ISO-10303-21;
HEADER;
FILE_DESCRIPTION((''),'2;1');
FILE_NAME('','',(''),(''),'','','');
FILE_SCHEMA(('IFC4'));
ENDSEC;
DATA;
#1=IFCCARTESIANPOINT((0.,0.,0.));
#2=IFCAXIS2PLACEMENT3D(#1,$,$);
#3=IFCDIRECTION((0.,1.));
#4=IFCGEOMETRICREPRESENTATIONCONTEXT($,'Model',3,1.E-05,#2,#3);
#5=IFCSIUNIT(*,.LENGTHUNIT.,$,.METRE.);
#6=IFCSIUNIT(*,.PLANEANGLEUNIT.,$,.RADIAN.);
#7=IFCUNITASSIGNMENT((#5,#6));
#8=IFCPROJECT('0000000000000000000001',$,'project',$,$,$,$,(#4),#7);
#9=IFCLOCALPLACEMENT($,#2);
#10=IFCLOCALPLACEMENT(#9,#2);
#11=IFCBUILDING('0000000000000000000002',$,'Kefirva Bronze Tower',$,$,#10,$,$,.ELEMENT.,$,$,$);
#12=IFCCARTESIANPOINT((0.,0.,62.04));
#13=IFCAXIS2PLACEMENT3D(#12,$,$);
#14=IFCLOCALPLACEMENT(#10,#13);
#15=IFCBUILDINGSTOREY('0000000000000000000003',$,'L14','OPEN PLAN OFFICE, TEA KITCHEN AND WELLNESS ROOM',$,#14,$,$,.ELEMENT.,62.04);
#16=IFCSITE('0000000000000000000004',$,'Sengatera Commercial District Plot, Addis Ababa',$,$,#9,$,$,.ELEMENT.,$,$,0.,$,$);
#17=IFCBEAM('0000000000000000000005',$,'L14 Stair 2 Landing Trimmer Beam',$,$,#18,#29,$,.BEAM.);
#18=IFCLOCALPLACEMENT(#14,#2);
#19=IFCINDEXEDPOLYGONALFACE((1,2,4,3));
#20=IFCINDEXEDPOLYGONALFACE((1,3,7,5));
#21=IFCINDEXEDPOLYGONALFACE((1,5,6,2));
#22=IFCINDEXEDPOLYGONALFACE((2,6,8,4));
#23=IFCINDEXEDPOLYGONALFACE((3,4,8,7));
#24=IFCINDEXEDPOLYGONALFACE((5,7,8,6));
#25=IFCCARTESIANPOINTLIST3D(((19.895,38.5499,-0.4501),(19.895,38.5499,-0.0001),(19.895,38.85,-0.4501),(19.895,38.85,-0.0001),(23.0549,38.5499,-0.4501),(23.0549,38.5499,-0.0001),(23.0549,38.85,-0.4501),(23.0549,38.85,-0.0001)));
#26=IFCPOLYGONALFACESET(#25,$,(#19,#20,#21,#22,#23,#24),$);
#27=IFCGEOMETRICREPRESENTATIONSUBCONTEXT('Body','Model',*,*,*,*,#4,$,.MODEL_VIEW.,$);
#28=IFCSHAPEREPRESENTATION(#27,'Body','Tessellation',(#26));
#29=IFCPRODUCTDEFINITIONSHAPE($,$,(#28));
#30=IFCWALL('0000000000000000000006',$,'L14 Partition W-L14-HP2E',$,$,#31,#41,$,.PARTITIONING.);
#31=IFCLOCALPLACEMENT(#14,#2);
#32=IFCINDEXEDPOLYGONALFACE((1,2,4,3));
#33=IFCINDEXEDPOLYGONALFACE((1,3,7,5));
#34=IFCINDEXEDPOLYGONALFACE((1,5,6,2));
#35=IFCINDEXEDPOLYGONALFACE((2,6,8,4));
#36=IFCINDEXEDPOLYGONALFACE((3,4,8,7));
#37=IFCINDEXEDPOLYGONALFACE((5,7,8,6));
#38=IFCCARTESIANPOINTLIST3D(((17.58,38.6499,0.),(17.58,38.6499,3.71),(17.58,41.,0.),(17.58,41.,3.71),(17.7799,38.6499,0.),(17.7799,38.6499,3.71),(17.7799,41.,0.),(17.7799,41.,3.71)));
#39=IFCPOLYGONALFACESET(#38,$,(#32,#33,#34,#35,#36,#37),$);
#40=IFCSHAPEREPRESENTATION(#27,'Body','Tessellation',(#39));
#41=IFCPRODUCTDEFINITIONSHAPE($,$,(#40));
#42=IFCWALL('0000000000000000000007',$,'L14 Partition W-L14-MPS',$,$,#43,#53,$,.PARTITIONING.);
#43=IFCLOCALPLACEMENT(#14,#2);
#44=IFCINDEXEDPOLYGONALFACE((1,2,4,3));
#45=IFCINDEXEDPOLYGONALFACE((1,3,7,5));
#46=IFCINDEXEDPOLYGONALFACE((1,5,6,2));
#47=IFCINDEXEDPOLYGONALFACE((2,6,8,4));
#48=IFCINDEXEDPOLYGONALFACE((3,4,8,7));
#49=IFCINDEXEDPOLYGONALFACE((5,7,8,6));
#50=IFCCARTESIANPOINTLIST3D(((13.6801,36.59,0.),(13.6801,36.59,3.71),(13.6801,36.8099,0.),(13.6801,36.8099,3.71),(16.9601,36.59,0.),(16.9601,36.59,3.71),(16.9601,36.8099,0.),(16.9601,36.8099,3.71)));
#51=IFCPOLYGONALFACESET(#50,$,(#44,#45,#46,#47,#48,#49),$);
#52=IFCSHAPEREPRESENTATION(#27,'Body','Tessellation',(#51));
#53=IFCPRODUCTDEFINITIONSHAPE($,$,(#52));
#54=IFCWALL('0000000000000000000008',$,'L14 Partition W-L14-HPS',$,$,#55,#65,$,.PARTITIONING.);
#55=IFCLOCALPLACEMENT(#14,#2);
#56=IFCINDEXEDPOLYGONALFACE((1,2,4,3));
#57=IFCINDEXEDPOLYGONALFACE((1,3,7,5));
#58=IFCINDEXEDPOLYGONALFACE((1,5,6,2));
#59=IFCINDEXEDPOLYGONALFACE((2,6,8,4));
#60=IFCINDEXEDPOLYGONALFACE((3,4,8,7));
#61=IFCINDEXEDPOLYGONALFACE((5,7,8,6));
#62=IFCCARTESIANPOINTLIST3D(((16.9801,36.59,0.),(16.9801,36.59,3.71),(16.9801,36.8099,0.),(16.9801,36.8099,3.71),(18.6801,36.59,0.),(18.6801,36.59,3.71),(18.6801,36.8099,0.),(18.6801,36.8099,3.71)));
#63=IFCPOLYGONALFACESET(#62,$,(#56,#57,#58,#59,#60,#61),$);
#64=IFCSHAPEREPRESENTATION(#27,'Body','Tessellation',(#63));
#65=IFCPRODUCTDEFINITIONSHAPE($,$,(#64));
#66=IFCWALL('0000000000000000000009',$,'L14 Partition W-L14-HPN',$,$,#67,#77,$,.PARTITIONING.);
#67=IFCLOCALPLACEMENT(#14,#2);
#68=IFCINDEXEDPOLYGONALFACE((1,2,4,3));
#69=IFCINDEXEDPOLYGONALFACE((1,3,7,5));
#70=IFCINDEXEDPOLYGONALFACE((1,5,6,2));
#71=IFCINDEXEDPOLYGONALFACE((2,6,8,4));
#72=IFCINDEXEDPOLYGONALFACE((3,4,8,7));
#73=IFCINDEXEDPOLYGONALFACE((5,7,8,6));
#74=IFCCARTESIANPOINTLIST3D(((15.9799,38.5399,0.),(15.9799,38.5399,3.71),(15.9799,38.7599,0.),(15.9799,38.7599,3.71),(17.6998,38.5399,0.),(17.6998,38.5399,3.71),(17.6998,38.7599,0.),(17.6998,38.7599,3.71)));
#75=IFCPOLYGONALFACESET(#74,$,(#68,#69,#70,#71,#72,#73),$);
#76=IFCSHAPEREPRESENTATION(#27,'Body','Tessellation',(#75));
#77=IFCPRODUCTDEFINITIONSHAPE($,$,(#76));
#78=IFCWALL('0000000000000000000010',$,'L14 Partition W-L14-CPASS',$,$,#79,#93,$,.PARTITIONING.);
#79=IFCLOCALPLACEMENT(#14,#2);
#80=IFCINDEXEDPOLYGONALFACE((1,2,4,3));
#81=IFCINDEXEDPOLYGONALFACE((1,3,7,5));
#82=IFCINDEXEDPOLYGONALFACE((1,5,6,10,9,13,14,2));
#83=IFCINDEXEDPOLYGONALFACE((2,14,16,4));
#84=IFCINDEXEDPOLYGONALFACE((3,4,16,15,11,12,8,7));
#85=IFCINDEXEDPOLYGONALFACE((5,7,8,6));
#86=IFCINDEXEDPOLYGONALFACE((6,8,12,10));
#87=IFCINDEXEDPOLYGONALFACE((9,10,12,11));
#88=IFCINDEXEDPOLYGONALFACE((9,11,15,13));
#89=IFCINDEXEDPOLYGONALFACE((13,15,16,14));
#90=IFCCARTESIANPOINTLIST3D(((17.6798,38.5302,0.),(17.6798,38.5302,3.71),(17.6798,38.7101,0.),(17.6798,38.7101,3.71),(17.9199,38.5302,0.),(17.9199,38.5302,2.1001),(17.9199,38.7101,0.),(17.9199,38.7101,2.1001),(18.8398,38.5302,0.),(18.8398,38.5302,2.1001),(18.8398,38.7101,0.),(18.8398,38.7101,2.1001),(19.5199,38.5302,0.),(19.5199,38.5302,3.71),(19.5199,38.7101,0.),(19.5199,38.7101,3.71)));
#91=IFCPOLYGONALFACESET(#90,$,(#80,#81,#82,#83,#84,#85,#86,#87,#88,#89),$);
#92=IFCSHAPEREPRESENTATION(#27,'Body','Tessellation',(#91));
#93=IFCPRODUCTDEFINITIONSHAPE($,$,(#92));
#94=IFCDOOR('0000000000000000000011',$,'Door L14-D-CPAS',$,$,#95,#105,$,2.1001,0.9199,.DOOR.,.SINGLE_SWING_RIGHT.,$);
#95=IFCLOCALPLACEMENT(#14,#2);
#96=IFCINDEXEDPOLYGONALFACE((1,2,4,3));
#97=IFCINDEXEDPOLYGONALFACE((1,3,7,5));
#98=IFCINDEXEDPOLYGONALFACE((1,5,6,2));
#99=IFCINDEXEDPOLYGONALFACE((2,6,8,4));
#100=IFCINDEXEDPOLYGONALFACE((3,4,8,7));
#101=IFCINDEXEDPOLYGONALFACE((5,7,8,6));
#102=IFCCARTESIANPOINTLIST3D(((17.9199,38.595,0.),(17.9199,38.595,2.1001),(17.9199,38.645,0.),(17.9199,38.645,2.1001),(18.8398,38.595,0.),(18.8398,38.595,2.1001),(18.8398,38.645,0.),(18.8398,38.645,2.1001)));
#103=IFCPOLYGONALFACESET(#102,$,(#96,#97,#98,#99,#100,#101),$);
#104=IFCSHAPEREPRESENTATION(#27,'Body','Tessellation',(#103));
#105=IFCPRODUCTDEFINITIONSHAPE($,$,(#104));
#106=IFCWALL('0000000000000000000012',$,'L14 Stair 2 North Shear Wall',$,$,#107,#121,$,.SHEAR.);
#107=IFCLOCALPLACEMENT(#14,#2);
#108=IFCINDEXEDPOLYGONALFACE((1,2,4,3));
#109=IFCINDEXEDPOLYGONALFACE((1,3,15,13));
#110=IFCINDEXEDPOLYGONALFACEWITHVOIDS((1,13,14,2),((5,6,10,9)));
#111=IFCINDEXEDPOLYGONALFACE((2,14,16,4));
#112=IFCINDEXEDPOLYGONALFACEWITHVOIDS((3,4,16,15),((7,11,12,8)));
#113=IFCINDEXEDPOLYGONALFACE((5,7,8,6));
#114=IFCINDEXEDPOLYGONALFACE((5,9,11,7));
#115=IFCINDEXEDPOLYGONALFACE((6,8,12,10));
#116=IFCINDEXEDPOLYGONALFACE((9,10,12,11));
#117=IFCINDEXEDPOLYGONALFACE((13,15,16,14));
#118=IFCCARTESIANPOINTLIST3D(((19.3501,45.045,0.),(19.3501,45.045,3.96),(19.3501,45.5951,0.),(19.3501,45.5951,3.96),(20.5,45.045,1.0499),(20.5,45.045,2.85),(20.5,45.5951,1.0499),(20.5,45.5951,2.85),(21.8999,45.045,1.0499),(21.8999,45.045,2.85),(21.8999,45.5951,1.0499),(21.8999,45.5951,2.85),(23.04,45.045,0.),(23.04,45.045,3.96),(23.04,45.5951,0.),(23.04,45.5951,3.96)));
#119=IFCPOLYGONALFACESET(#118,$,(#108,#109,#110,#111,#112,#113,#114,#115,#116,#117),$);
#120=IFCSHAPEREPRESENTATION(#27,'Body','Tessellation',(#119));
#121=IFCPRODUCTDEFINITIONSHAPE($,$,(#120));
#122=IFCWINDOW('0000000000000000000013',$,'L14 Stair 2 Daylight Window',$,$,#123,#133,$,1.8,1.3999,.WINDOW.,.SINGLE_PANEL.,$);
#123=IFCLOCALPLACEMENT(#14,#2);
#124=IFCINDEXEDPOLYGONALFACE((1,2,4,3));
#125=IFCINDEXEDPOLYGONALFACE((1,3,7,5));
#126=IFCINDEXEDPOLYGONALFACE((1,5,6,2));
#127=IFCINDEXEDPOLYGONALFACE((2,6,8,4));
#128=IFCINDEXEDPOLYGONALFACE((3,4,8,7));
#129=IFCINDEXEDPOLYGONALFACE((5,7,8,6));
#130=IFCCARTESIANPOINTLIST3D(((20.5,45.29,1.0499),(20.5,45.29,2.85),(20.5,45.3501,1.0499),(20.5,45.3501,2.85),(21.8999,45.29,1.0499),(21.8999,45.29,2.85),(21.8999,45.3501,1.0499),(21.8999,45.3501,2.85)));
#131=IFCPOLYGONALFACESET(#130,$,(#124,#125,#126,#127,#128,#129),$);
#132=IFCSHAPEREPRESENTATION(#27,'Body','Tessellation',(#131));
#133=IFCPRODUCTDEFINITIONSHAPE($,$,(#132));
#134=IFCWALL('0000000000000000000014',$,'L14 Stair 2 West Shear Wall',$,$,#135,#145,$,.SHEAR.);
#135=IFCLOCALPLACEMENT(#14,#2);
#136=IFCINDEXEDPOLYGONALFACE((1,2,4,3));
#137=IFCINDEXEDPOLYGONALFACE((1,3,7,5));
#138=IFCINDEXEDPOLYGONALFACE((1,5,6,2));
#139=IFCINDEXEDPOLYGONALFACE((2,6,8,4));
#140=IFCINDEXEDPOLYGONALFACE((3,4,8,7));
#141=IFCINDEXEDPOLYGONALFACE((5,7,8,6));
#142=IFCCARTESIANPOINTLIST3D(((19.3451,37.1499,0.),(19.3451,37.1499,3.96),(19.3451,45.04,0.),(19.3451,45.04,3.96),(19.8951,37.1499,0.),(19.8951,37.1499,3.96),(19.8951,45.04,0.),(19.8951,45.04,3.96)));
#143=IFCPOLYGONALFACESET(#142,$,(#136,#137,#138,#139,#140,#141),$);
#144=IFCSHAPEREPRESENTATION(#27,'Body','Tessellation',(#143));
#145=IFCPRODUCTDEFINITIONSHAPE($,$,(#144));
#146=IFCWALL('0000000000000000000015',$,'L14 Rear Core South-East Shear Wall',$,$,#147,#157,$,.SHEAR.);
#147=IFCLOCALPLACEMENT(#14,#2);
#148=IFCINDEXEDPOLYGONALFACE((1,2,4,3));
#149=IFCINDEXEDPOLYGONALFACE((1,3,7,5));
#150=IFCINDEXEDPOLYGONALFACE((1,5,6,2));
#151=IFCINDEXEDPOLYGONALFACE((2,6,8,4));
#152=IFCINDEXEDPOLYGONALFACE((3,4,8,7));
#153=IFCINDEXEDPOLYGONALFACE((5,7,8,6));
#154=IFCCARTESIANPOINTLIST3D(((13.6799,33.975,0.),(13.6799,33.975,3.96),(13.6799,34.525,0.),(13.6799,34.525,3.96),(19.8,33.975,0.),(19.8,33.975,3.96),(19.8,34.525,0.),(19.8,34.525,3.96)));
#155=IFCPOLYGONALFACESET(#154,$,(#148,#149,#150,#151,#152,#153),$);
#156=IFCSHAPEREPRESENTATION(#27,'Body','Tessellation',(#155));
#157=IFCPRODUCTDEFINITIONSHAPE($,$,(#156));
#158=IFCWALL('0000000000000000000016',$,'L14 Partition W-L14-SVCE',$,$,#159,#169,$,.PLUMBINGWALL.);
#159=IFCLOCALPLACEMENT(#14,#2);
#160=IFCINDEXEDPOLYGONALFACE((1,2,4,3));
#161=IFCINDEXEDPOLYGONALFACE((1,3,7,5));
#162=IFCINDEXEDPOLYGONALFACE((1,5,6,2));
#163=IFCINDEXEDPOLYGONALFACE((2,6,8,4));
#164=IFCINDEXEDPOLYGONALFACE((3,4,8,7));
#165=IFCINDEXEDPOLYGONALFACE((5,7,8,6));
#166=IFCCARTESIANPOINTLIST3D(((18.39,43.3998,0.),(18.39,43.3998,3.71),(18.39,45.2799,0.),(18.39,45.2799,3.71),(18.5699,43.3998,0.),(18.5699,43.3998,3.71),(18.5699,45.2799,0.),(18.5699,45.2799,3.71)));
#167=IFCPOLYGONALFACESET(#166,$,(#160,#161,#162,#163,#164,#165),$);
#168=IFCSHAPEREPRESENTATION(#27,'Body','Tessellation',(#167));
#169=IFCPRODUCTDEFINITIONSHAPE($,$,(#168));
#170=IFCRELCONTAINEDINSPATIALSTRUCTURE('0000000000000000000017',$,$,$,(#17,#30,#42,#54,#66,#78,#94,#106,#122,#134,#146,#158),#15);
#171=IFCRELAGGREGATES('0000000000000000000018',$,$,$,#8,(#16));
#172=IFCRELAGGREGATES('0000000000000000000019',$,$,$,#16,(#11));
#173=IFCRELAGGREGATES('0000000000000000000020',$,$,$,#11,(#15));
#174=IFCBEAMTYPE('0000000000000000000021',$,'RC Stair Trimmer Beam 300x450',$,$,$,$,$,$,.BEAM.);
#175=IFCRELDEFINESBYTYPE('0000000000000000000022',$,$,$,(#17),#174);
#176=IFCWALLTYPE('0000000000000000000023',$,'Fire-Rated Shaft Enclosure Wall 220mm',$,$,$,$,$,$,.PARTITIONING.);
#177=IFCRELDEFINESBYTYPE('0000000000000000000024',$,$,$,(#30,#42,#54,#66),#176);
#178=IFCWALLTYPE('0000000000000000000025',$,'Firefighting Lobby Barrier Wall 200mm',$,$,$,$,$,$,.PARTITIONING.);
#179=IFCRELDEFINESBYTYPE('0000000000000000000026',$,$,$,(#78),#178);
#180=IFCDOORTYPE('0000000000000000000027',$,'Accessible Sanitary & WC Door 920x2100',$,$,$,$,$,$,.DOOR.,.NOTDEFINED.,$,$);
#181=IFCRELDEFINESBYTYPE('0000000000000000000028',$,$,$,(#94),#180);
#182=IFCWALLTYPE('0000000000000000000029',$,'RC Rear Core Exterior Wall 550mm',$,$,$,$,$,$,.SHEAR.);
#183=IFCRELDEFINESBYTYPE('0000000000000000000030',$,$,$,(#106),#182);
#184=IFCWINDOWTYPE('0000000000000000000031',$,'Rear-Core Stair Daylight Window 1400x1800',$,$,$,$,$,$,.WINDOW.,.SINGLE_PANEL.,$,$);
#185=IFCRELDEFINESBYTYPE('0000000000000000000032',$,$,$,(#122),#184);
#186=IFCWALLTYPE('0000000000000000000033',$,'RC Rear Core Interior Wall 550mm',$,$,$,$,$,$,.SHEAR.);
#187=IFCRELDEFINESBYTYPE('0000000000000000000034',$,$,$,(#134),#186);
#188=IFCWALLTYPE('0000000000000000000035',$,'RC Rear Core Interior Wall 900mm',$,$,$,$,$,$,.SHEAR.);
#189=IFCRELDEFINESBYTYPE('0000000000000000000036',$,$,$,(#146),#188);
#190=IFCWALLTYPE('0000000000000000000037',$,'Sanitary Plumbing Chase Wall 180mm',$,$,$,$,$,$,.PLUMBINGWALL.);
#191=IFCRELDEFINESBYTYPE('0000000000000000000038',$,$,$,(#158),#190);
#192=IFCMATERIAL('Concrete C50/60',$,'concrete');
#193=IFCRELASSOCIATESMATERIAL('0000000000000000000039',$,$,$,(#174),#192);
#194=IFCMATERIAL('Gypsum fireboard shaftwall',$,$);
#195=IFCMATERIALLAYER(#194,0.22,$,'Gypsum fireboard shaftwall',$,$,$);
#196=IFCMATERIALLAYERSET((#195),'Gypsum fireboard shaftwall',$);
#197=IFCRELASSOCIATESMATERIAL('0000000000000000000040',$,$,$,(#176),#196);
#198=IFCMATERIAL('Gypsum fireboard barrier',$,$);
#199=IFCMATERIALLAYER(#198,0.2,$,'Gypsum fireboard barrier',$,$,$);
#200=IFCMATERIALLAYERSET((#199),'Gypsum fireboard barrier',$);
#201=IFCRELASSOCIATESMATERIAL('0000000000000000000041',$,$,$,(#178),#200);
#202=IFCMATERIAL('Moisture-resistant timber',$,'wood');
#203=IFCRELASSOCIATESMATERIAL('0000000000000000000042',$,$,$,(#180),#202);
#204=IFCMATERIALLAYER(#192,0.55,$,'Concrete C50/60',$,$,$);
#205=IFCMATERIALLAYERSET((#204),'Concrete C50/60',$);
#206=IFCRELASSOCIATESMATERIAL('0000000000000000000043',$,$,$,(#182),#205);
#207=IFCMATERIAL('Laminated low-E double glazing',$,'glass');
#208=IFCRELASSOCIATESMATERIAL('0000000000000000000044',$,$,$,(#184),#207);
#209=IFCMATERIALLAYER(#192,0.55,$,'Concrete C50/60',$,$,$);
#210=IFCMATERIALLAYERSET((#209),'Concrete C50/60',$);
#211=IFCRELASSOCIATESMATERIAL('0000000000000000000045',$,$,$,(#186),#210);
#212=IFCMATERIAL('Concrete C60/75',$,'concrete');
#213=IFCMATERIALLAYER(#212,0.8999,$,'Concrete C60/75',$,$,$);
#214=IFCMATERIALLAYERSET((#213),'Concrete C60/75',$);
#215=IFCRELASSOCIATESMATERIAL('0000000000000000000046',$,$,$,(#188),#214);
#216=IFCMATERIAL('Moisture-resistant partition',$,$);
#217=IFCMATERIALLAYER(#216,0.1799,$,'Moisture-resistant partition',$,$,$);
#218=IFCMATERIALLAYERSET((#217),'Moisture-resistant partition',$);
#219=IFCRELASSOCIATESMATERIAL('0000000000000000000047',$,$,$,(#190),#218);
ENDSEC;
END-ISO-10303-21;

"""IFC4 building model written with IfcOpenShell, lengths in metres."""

from ifc_helpers import new_model, si_unit, direction, frame, frame_2d, origin, origin_2d, place, context, subcontext, project, spatial, rectangle, extrude, material, layer, layer_set, material_profile, profile_set, type_object, element, fill, save


model = new_model("IFC4")

# Units and contexts
model_context = context("Model", 3, precision=1e-05, world=origin(), true_north=direction((0.0, 1.0)))
body_context = subcontext(model_context, "Body", "Model", "MODEL_VIEW")
ifc_project = project(units=[si_unit("LENGTHUNIT", "METRE"), si_unit("PLANEANGLEUNIT", "RADIAN")], contexts=[model_context])

# Site, building, storey
site_placement = place(None, origin())
site = spatial("IfcSite", under=ifc_project, at=site_placement, Name="Sengatera Commercial District Plot, Addis Ababa", CompositionType="ELEMENT", RefElevation=0.0)
building_placement = place(site_placement, origin())
building = spatial("IfcBuilding", under=site, at=building_placement, Name="Kefirva Bronze Tower", CompositionType="ELEMENT")
storey_placement = place(building_placement, frame((0.0, 0.0, 62.04)))
storey = spatial("IfcBuildingStorey", under=building, at=storey_placement, Name="L14", Description="OPEN PLAN OFFICE, TEA KITCHEN AND WELLNESS ROOM", CompositionType="ELEMENT", Elevation=62.04)

# Beam
ifc_material_1 = material(Name="Concrete C50/60", Category="concrete")
ifc_material_profile = material_profile(ifc_material_1, rectangle(XDim=0.3, YDim=0.45, at=origin_2d()), Name="RC 300x450")
ifc_profile_set = profile_set([ifc_material_profile], Name="Concrete C50/60")
beam_type = type_object("IfcBeamType", Name="RC Stair Trimmer Beam 300x450", PredefinedType="BEAM", material=ifc_profile_set)
beam_placement = place(storey_placement, frame((19.895, 38.7, -0.2251), z_axis=(1.0, 0.0, 0.0), x_axis=(0.0, 1.0, 0.0)))
element("IfcBeam", 1, at=beam_placement, inside=storey, type_object=beam_type, Name="L14 Stair 2 Landing Trimmer Beam", PredefinedType="BEAM", context=body_context, shape_type="SweptSolid", body=[
    extrude(rectangle(XDim=0.3, YDim=0.45, at=origin_2d()), origin(), (0.0, 0.0, 1.0), 3.1599),
])

# Shared definitions
ifc_material_2 = material(Name="Gypsum fireboard shaftwall")
ifc_layer_1 = layer(ifc_material_2, 0.22, Name="Gypsum fireboard shaftwall")
ifc_layer_set_1 = layer_set([ifc_layer_1], Name="Gypsum fireboard shaftwall")
wall_type_1 = type_object("IfcWallType", Name="Fire-Rated Shaft Enclosure Wall 220mm", PredefinedType="PARTITIONING", material=ifc_layer_set_1)

# Walls
wall_1_placement = place(storey_placement, frame((17.6799, 38.6499, 0.0), z_axis=(0.0, 0.0, 1.0), x_axis=(0.0, 1.0, 0.0)))
element("IfcWall", 2, at=wall_1_placement, inside=storey, type_object=wall_type_1, Name="L14 Partition W-L14-HP2E", PredefinedType="PARTITIONING", context=body_context, shape_type="SweptSolid", body=[
    extrude(rectangle(XDim=2.3501, YDim=0.2, at=frame_2d((1.175, 0.0))), origin(), (0.0, 0.0, 1.0), 3.71),
])
wall_2_placement = place(storey_placement, frame((13.6799, 36.7, 0.0), z_axis=(0.0, 0.0, 1.0), x_axis=(1.0, 0.0, 0.0)))
element("IfcWall", 3, at=wall_2_placement, inside=storey, type_object=wall_type_1, Name="L14 Partition W-L14-MPS", PredefinedType="PARTITIONING", context=body_context, shape_type="SweptSolid", body=[
    extrude(rectangle(XDim=3.28, YDim=0.22, at=frame_2d((1.6401, 0.0))), origin(), (0.0, 0.0, 1.0), 3.71),
])
wall_3_placement = place(storey_placement, frame((16.98, 36.7, 0.0), z_axis=(0.0, 0.0, 1.0), x_axis=(1.0, 0.0, 0.0)))
element("IfcWall", 4, at=wall_3_placement, inside=storey, type_object=wall_type_1, Name="L14 Partition W-L14-HPS", PredefinedType="PARTITIONING", context=body_context, shape_type="SweptSolid", body=[
    extrude(rectangle(XDim=1.7, YDim=0.22, at=frame_2d((0.8501, 0.0))), origin(), (0.0, 0.0, 1.0), 3.71),
])
wall_4_placement = place(storey_placement, frame((15.98, 38.6499, 0.0), z_axis=(0.0, 0.0, 1.0), x_axis=(1.0, 0.0, 0.0)))
element("IfcWall", 5, at=wall_4_placement, inside=storey, type_object=wall_type_1, Name="L14 Partition W-L14-HPN", PredefinedType="PARTITIONING", context=body_context, shape_type="SweptSolid", body=[
    extrude(rectangle(XDim=1.72, YDim=0.22, at=frame_2d((0.8599, 0.0))), origin(), (0.0, 0.0, 1.0), 3.71),
])

# Wall, opening, door
ifc_material_3 = material(Name="Gypsum fireboard barrier")
ifc_layer_2 = layer(ifc_material_3, 0.2, Name="Gypsum fireboard barrier")
ifc_layer_set_2 = layer_set([ifc_layer_2], Name="Gypsum fireboard barrier")
wall_type_2 = type_object("IfcWallType", Name="Firefighting Lobby Barrier Wall 200mm", PredefinedType="PARTITIONING", material=ifc_layer_set_2)
wall_5_placement = place(storey_placement, frame((17.6799, 38.6201, 0.0), z_axis=(0.0, 0.0, 1.0), x_axis=(1.0, 0.0, 0.0)))
wall_5 = element("IfcWall", 6, at=wall_5_placement, inside=storey, type_object=wall_type_2, Name="L14 Partition W-L14-CPASS", PredefinedType="PARTITIONING", context=body_context, shape_type="SweptSolid", body=[
    extrude(rectangle(XDim=1.8401, YDim=0.1799, at=frame_2d((0.9199, 0.0))), origin(), (0.0, 0.0, 1.0), 3.71),
])
opening_1_placement = place(wall_5_placement, frame((0.24, 0.0, 0.0)))
opening_1 = element("IfcOpeningElement", 7, at=opening_1_placement, cuts=wall_5, PredefinedType="OPENING", context=body_context, shape_type="SweptSolid", body=[
    extrude(rectangle(XDim=0.9199, YDim=2.1001, at=frame_2d((0.46, 1.05))), frame((0.0, 0.1001, 0.0), z_axis=(0.0, -1.0, 0.0), x_axis=(1.0, 0.0, 0.0)), (0.0, 0.0, 1.0), 0.2),
])
ifc_material_4 = material(Name="Moisture-resistant timber", Category="wood")
door_type_1 = type_object("IfcDoorType", Name="Accessible Sanitary & WC Door 920x2100", OperationType="NOTDEFINED", PredefinedType="DOOR", material=ifc_material_4)
door_1_placement = place(opening_1_placement, origin())
door_1 = element("IfcDoor", 8, at=door_1_placement, inside=storey, type_object=door_type_1, Name="Door L14-D-CPAS", OperationType="SINGLE_SWING_RIGHT", OverallHeight=2.1001, OverallWidth=0.9199, PredefinedType="DOOR", context=body_context, shape_type="SweptSolid", body=[
    extrude(rectangle(XDim=0.9199, YDim=2.1001, at=frame_2d((0.46, 1.05))), frame((0.0, 0.0249, 0.0), z_axis=(0.0, -1.0, 0.0), x_axis=(1.0, 0.0, 0.0)), (0.0, 0.0, 1.0), 0.05),
])
fill(opening_1, door_1)

# Wall, opening, window
ifc_layer_3 = layer(ifc_material_1, 0.55, Name="Concrete C50/60")
ifc_layer_set_3 = layer_set([ifc_layer_3], Name="Concrete C50/60")
wall_type_3 = type_object("IfcWallType", Name="RC Rear Core Exterior Wall 550mm", PredefinedType="SHEAR", material=ifc_layer_set_3)
wall_6_placement = place(storey_placement, frame((19.3501, 45.3201, 0.0), z_axis=(0.0, 0.0, 1.0), x_axis=(1.0, 0.0, 0.0)))
wall_6 = element("IfcWall", 9, at=wall_6_placement, inside=storey, type_object=wall_type_3, Name="L14 Stair 2 North Shear Wall", PredefinedType="SHEAR", context=body_context, shape_type="SweptSolid", body=[
    extrude(rectangle(XDim=3.6899, YDim=0.55, at=frame_2d((1.845, 0.0))), origin(), (0.0, 0.0, 1.0), 3.96),
])
opening_2_placement = place(wall_6_placement, frame((1.1499, 0.0, 1.05)))
opening_2 = element("IfcOpeningElement", 10, at=opening_2_placement, cuts=wall_6, PredefinedType="OPENING", context=body_context, shape_type="SweptSolid", body=[
    extrude(rectangle(XDim=1.3999, YDim=1.8, at=frame_2d((0.7, 0.8999))), frame((0.0, 0.2852, 0.0), z_axis=(0.0, -1.0, 0.0), x_axis=(1.0, 0.0, 0.0)), (0.0, 0.0, 1.0), 0.5701),
])
ifc_material_5 = material(Name="Laminated low-E double glazing", Category="glass")
window_type = type_object("IfcWindowType", Name="Rear-Core Stair Daylight Window 1400x1800", PartitioningType="SINGLE_PANEL", PredefinedType="WINDOW", material=ifc_material_5)
window_placement = place(opening_2_placement, origin())
window = element("IfcWindow", 11, at=window_placement, inside=storey, type_object=window_type, Name="L14 Stair 2 Daylight Window", OverallHeight=1.8, OverallWidth=1.3999, PartitioningType="SINGLE_PANEL", PredefinedType="WINDOW", context=body_context, shape_type="SweptSolid", body=[
    extrude(rectangle(XDim=1.3999, YDim=1.8, at=frame_2d((0.7, 0.8999))), frame((0.0, 0.03, 0.0), z_axis=(0.0, -1.0, 0.0), x_axis=(1.0, 0.0, 0.0)), (0.0, 0.0, 1.0), 0.0601),
])
fill(opening_2, window)

# Walls
ifc_layer_4 = layer(ifc_material_1, 0.55, Name="Concrete C50/60")
ifc_layer_set_4 = layer_set([ifc_layer_4], Name="Concrete C50/60")
wall_type_4 = type_object("IfcWallType", Name="RC Rear Core Interior Wall 550mm", PredefinedType="SHEAR", material=ifc_layer_set_4)
wall_7_placement = place(storey_placement, frame((19.6201, 37.1499, 0.0), z_axis=(0.0, 0.0, 1.0), x_axis=(0.0, 1.0, 0.0)))
element("IfcWall", 12, at=wall_7_placement, inside=storey, type_object=wall_type_4, Name="L14 Stair 2 West Shear Wall", PredefinedType="SHEAR", context=body_context, shape_type="SweptSolid", body=[
    extrude(rectangle(XDim=7.8901, YDim=0.55, at=frame_2d((3.9451, 0.0))), origin(), (0.0, 0.0, 1.0), 3.96),
])
ifc_material_6 = material(Name="Concrete C60/75", Category="concrete")
ifc_layer_5 = layer(ifc_material_6, 0.8999, Name="Concrete C60/75")
ifc_layer_set_5 = layer_set([ifc_layer_5], Name="Concrete C60/75")
wall_type_5 = type_object("IfcWallType", Name="RC Rear Core Interior Wall 900mm", PredefinedType="SHEAR", material=ifc_layer_set_5)
wall_8_placement = place(storey_placement, frame((13.6799, 34.25, 0.0), z_axis=(0.0, 0.0, 1.0), x_axis=(1.0, 0.0, 0.0)))
element("IfcWall", 13, at=wall_8_placement, inside=storey, type_object=wall_type_5, Name="L14 Rear Core South-East Shear Wall", PredefinedType="SHEAR", context=body_context, shape_type="SweptSolid", body=[
    extrude(rectangle(XDim=6.1201, YDim=0.55, at=frame_2d((3.0601, 0.0))), origin(), (0.0, 0.0, 1.0), 3.96),
])
ifc_material_7 = material(Name="Moisture-resistant partition")
ifc_layer_6 = layer(ifc_material_7, 0.1799, Name="Moisture-resistant partition")
ifc_layer_set_6 = layer_set([ifc_layer_6], Name="Moisture-resistant partition")
wall_type_6 = type_object("IfcWallType", Name="Sanitary Plumbing Chase Wall 180mm", PredefinedType="PLUMBINGWALL", material=ifc_layer_set_6)
for number, where, z_axis, x_axis, name in (
    (14, (18.48, 43.3999, 0.0), (0.0, 0.0, 1.0), (0.0, 1.0, 0.0), "L14 Partition W-L14-SVCE"),
):
    element("IfcWall", number, at=place(storey_placement, frame(where, z_axis=z_axis, x_axis=x_axis)), inside=storey, type_object=wall_type_6, Name=name, PredefinedType="PLUMBINGWALL", context=body_context, shape_type="SweptSolid", body=[
        extrude(rectangle(XDim=1.8801, YDim=0.1799, at=frame_2d((0.9399, 0.0))), origin(), (0.0, 0.0, 1.0), 3.71),
    ])

save(model, "model.ifc")
